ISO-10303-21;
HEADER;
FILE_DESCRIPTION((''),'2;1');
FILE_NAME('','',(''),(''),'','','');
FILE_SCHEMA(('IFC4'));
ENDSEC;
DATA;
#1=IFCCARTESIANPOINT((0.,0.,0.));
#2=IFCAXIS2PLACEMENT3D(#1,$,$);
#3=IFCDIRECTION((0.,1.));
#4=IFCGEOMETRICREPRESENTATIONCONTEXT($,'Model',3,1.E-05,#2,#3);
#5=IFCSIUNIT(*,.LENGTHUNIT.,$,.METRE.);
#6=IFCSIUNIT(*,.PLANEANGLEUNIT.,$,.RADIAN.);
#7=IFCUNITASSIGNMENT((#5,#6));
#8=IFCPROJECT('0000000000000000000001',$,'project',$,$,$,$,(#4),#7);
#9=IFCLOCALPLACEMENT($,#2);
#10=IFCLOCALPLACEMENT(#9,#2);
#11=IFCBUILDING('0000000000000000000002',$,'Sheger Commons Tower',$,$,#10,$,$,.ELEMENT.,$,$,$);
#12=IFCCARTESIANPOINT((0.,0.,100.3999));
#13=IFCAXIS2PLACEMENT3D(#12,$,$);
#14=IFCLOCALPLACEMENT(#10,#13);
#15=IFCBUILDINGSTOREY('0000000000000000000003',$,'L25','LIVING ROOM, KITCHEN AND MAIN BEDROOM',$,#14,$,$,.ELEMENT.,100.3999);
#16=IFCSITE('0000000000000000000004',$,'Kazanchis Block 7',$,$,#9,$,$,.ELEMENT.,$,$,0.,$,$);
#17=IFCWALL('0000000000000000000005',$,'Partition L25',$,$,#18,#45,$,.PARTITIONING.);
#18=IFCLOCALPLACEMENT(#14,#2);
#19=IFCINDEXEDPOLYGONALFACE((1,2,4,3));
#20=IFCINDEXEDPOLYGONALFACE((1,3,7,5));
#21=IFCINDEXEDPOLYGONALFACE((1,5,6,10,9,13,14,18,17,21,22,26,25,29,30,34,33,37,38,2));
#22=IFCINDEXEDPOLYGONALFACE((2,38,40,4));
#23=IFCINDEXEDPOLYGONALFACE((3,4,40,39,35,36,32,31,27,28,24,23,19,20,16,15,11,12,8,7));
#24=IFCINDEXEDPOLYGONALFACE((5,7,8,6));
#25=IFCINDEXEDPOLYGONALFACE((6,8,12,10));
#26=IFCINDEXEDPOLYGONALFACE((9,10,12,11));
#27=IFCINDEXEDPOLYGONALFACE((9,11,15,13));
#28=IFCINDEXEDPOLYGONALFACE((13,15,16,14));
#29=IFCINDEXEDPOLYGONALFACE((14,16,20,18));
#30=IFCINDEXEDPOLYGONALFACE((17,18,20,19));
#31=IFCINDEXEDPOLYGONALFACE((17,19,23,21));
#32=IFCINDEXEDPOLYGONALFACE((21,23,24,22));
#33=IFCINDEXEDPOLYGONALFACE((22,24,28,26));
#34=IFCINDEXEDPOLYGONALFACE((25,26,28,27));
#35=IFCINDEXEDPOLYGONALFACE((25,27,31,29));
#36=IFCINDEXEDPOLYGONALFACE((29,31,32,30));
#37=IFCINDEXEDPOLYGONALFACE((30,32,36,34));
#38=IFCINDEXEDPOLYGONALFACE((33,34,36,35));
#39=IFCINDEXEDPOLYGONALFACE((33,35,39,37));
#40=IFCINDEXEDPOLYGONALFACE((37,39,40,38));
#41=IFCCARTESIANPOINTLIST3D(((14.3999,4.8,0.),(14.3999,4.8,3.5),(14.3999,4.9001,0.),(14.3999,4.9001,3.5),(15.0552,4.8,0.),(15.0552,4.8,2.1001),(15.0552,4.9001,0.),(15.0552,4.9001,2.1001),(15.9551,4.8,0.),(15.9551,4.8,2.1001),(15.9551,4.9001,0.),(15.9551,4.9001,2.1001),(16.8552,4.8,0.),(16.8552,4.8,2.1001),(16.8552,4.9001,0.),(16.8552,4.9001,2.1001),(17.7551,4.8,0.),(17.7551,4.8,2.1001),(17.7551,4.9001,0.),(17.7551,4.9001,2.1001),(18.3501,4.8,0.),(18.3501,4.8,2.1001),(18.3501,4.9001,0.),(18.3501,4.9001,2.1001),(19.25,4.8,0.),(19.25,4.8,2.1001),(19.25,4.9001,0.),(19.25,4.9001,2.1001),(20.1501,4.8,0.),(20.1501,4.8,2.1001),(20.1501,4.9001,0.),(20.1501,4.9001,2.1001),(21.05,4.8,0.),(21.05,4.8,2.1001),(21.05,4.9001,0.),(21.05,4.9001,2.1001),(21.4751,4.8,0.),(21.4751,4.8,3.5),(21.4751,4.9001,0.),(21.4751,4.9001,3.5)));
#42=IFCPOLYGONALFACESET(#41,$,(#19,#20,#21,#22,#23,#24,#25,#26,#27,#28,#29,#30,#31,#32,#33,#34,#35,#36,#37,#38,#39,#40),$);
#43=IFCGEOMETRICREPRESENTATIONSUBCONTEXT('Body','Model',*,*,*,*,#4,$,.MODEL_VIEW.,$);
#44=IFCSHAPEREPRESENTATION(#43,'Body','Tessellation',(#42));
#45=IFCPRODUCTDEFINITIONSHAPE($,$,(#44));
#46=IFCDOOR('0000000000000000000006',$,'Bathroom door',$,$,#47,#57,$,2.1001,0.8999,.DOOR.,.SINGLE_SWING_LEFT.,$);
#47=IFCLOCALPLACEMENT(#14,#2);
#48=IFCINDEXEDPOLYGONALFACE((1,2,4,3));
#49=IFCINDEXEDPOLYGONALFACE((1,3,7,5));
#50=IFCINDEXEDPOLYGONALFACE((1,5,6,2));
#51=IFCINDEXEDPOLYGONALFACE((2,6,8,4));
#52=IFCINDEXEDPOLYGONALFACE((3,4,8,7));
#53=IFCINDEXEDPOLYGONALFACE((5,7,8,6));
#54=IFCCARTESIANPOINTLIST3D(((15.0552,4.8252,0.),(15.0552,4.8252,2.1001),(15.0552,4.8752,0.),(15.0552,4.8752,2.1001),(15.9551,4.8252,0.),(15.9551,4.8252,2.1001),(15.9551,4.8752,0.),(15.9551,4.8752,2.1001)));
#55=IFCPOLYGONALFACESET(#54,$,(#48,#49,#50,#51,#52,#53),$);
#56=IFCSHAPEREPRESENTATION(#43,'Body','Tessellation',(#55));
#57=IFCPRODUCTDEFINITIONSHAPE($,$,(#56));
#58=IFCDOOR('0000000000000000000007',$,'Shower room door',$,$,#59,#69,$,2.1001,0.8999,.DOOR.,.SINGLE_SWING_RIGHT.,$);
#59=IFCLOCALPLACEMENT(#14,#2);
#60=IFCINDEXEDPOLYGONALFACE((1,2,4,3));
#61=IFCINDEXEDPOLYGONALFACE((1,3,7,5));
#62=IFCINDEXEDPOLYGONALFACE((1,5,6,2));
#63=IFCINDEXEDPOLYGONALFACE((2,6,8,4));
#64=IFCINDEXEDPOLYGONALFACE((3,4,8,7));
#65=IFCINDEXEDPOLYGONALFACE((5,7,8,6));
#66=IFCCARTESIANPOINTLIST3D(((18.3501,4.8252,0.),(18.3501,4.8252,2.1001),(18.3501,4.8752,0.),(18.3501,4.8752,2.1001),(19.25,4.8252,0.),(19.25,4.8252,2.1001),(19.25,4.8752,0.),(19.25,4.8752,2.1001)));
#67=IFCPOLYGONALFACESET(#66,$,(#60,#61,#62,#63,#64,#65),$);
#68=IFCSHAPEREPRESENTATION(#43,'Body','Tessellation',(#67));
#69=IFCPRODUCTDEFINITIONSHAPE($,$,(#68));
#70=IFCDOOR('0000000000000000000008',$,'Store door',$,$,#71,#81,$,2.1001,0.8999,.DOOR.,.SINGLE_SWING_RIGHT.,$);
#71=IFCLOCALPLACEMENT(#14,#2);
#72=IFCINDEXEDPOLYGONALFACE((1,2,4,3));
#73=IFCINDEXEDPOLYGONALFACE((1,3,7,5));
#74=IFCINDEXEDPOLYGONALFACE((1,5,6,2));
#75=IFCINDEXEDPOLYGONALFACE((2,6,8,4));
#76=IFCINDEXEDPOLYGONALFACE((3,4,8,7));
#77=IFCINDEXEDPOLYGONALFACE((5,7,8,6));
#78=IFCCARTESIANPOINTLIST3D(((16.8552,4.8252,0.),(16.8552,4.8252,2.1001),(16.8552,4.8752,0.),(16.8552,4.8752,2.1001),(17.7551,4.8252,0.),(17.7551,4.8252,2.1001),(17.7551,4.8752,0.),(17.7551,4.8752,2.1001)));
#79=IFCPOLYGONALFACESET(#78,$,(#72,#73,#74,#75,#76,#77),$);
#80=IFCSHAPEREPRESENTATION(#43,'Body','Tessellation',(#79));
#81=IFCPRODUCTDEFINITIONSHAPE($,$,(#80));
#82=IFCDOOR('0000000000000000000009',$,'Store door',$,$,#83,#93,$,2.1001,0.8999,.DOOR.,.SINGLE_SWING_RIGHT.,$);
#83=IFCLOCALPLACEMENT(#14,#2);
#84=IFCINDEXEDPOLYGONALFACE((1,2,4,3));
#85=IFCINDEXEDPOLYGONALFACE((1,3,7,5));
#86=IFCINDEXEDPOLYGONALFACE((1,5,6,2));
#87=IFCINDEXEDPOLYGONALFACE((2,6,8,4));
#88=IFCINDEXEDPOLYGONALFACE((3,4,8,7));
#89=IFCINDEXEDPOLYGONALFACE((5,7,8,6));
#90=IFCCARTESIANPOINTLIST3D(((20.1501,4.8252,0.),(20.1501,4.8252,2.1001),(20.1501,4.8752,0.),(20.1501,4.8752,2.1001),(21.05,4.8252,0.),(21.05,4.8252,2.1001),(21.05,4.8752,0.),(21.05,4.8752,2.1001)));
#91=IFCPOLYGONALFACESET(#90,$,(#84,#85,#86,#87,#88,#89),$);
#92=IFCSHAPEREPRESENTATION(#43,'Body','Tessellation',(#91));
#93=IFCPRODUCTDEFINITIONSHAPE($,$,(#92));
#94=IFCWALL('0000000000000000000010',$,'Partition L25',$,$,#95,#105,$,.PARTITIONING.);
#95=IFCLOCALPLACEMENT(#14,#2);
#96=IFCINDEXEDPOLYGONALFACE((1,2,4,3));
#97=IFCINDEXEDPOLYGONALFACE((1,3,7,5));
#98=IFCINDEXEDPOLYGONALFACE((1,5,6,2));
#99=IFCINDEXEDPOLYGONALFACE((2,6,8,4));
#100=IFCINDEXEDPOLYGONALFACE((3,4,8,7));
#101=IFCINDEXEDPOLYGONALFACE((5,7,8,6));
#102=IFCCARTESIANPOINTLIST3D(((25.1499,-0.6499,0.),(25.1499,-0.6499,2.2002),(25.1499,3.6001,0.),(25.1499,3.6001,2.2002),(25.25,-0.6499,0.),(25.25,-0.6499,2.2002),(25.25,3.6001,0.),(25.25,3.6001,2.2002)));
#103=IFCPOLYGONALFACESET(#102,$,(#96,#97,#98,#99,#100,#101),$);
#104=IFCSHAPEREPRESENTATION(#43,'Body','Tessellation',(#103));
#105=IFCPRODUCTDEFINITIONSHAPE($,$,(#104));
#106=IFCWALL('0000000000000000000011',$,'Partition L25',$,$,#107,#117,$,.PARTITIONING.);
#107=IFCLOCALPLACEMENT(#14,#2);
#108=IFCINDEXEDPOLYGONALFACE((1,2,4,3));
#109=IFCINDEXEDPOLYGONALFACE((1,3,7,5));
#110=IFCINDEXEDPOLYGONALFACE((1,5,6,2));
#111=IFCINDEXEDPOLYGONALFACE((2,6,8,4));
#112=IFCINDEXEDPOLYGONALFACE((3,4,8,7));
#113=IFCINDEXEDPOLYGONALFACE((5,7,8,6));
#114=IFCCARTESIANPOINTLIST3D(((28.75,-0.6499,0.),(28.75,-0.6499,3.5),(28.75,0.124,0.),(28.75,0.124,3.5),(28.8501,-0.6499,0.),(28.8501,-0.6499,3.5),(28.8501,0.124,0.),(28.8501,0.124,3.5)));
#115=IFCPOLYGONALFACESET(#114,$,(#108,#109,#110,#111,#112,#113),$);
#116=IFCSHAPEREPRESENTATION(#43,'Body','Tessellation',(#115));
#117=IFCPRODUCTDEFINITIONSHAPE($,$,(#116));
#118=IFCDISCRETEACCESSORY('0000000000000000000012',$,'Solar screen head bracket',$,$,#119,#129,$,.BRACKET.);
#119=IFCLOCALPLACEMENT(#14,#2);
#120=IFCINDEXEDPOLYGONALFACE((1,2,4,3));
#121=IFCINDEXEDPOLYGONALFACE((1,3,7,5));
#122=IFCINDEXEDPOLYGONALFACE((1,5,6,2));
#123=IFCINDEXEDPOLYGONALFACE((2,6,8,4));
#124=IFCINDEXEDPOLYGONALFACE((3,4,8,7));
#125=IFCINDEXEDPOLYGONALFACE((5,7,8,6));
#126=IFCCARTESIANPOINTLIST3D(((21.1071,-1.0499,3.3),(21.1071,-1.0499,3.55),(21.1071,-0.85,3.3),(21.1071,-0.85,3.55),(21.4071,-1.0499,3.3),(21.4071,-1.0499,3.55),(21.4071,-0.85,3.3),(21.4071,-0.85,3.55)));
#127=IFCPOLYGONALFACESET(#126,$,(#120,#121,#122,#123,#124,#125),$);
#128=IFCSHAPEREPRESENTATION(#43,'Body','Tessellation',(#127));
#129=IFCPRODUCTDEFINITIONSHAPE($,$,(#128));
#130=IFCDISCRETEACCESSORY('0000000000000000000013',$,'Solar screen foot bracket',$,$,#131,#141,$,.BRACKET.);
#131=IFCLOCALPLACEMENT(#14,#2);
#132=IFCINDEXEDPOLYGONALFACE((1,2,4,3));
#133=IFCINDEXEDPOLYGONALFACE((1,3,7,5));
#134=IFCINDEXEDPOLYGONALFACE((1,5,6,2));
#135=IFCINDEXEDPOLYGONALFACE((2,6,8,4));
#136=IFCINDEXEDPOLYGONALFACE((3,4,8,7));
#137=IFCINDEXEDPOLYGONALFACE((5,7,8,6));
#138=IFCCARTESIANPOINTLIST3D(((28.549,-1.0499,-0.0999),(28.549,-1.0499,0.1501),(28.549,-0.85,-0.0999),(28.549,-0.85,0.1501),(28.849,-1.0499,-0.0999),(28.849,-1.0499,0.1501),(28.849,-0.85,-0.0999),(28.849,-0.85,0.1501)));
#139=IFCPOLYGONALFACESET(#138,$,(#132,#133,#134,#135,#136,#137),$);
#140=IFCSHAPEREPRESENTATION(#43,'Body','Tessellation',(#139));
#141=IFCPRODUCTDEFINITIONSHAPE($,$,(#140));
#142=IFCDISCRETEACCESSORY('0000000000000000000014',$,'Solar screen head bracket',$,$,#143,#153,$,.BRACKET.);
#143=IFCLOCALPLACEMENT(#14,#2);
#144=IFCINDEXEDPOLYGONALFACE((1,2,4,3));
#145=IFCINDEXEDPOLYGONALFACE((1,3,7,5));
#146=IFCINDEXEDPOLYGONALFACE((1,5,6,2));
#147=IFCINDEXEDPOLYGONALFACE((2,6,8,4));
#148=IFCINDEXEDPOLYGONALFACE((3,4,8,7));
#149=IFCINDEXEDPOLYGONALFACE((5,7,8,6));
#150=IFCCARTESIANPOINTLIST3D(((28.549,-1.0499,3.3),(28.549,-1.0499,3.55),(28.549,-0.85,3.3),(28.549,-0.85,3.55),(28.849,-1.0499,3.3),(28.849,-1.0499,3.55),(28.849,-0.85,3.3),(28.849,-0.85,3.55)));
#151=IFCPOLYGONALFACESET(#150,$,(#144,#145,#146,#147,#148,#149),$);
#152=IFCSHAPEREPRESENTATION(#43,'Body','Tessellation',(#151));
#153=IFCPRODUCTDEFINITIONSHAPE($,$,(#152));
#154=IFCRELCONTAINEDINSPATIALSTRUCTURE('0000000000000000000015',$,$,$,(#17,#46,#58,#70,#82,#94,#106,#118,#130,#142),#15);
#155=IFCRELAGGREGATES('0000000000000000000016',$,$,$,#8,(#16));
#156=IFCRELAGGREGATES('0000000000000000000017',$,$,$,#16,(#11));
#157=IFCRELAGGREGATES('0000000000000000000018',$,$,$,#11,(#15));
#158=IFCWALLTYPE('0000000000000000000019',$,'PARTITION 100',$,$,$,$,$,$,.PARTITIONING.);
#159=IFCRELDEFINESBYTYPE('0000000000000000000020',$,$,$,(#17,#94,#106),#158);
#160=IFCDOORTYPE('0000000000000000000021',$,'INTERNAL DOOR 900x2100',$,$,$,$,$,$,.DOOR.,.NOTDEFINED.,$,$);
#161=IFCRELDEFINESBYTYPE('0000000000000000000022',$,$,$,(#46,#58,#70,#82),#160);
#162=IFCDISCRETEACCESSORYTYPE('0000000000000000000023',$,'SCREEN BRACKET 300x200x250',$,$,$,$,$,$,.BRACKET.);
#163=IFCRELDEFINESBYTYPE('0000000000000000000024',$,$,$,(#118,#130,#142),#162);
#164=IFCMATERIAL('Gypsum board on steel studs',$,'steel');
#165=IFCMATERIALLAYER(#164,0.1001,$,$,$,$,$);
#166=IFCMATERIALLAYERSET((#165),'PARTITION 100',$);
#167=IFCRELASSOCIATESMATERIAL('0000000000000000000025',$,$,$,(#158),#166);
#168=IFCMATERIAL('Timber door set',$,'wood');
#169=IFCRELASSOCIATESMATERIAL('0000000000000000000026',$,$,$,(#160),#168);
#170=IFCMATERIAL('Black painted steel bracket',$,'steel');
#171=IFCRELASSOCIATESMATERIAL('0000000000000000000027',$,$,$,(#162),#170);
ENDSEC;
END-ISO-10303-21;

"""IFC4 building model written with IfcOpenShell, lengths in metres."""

from ifc_helpers import new_model, si_unit, direction, frame, frame_2d, origin, origin_2d, place, context, subcontext, project, spatial, rectangle, extrude, material, layer, layer_set, type_object, element, fill, save


model = new_model("IFC4")

# Units and contexts
model_context = context("Model", 3, precision=1e-05, world=origin(), true_north=direction((0.0, 1.0)))
body_context = subcontext(model_context, "Body", "Model", "MODEL_VIEW")
ifc_project = project(units=[si_unit("LENGTHUNIT", "METRE"), si_unit("PLANEANGLEUNIT", "RADIAN")], contexts=[model_context])

# Site, building, storey
site_placement = place(None, origin())
site = spatial("IfcSite", under=ifc_project, at=site_placement, Name="Kazanchis Block 7", CompositionType="ELEMENT", RefElevation=0.0)
building_placement = place(site_placement, origin())
building = spatial("IfcBuilding", under=site, at=building_placement, Name="Sheger Commons Tower", CompositionType="ELEMENT")
storey_placement = place(building_placement, frame((0.0, 0.0, 100.3999)))
storey = spatial("IfcBuildingStorey", under=building, at=storey_placement, Name="L25", Description="LIVING ROOM, KITCHEN AND MAIN BEDROOM", CompositionType="ELEMENT", Elevation=100.3999)

# Wall, openings, doors
ifc_material_1 = material(Name="Gypsum board on steel studs", Category="steel")
ifc_layer_1 = layer(ifc_material_1, 0.1001)
ifc_layer_set_1 = layer_set([ifc_layer_1], Name="PARTITION 100")
wall_type_1 = type_object("IfcWallType", Name="PARTITION 100", PredefinedType="PARTITIONING", material=ifc_layer_set_1)
ifc_material_2 = material(Name="Timber door set", Category="wood")
door_type = type_object("IfcDoorType", Name="INTERNAL DOOR 900x2100", OperationType="NOTDEFINED", PredefinedType="DOOR", material=ifc_material_2)
wall_1_placement = place(storey_placement, frame((21.4751, 4.8501, 0.0), z_axis=(0.0, 0.0, 1.0), x_axis=(-1.0, 0.0, 0.0)))
wall_1 = element("IfcWall", 1, at=wall_1_placement, inside=storey, type_object=wall_type_1, Name="Partition L25", PredefinedType="PARTITIONING", context=body_context, shape_type="SweptSolid", body=[
    extrude(rectangle(XDim=7.0752, YDim=0.1001, at=frame_2d((3.5376, 0.0))), origin(), (0.0, 0.0, 1.0), 3.5),
])
opening_1_placement = place(wall_1_placement, frame((5.52, 0.0, 0.0)))
opening_1 = element("IfcOpeningElement", 2, at=opening_1_placement, cuts=wall_1, PredefinedType="OPENING", context=body_context, shape_type="SweptSolid", body=[
    extrude(rectangle(XDim=0.8999, YDim=2.1001, at=frame_2d((0.45, 1.05))), frame((0.0, 0.0601, 0.0), z_axis=(0.0, -1.0, 0.0), x_axis=(1.0, 0.0, 0.0)), (0.0, 0.0, 1.0), 0.1201),
])
opening_2_placement = place(wall_1_placement, frame((2.2251, 0.0, 0.0)))
opening_2 = element("IfcOpeningElement", 3, at=opening_2_placement, cuts=wall_1, PredefinedType="OPENING", context=body_context, shape_type="SweptSolid", body=[
    extrude(rectangle(XDim=0.8999, YDim=2.1001, at=frame_2d((0.45, 1.05))), frame((0.0, 0.0601, 0.0), z_axis=(0.0, -1.0, 0.0), x_axis=(1.0, 0.0, 0.0)), (0.0, 0.0, 1.0), 0.1201),
])
opening_3_placement = place(wall_1_placement, frame((3.72, 0.0, 0.0)))
opening_3 = element("IfcOpeningElement", 4, at=opening_3_placement, cuts=wall_1, PredefinedType="OPENING", context=body_context, shape_type="SweptSolid", body=[
    extrude(rectangle(XDim=0.8999, YDim=2.1001, at=frame_2d((0.45, 1.05))), frame((0.0, 0.0601, 0.0), z_axis=(0.0, -1.0, 0.0), x_axis=(1.0, 0.0, 0.0)), (0.0, 0.0, 1.0), 0.1201),
])
opening_4_placement = place(wall_1_placement, frame((0.425, 0.0, 0.0)))
opening_4 = element("IfcOpeningElement", 5, at=opening_4_placement, cuts=wall_1, PredefinedType="OPENING", context=body_context, shape_type="SweptSolid", body=[
    extrude(rectangle(XDim=0.8999, YDim=2.1001, at=frame_2d((0.45, 1.05))), frame((0.0, 0.0601, 0.0), z_axis=(0.0, -1.0, 0.0), x_axis=(1.0, 0.0, 0.0)), (0.0, 0.0, 1.0), 0.1201),
])
door_1_placement = place(opening_1_placement, origin())
door_1 = element("IfcDoor", 6, at=door_1_placement, inside=storey, type_object=door_type, Name="Bathroom door", OperationType="SINGLE_SWING_LEFT", OverallHeight=2.1001, OverallWidth=0.8999, PredefinedType="DOOR", context=body_context, shape_type="SweptSolid", body=[
    extrude(rectangle(XDim=0.8999, YDim=2.1001, at=frame_2d((0.45, 1.05))), frame((0.0, 0.0249, 0.0), z_axis=(0.0, -1.0, 0.0), x_axis=(1.0, 0.0, 0.0)), (0.0, 0.0, 1.0), 0.05),
])
fill(opening_1, door_1)
door_2_placement = place(opening_2_placement, origin())
door_2 = element("IfcDoor", 7, at=door_2_placement, inside=storey, type_object=door_type, Name="Shower room door", OperationType="SINGLE_SWING_RIGHT", OverallHeight=2.1001, OverallWidth=0.8999, PredefinedType="DOOR", context=body_context, shape_type="SweptSolid", body=[
    extrude(rectangle(XDim=0.8999, YDim=2.1001, at=frame_2d((0.45, 1.05))), frame((0.0, 0.0249, 0.0), z_axis=(0.0, -1.0, 0.0), x_axis=(1.0, 0.0, 0.0)), (0.0, 0.0, 1.0), 0.05),
])
fill(opening_2, door_2)
door_3_placement = place(opening_3_placement, origin())
door_3 = element("IfcDoor", 8, at=door_3_placement, inside=storey, type_object=door_type, Name="Store door", OperationType="SINGLE_SWING_RIGHT", OverallHeight=2.1001, OverallWidth=0.8999, PredefinedType="DOOR", context=body_context, shape_type="SweptSolid", body=[
    extrude(rectangle(XDim=0.8999, YDim=2.1001, at=frame_2d((0.45, 1.05))), frame((0.0, 0.0249, 0.0), z_axis=(0.0, -1.0, 0.0), x_axis=(1.0, 0.0, 0.0)), (0.0, 0.0, 1.0), 0.05),
])
fill(opening_3, door_3)
door_4_placement = place(opening_4_placement, origin())
door_4 = element("IfcDoor", 9, at=door_4_placement, inside=storey, type_object=door_type, Name="Store door", OperationType="SINGLE_SWING_RIGHT", OverallHeight=2.1001, OverallWidth=0.8999, PredefinedType="DOOR", context=body_context, shape_type="SweptSolid", body=[
    extrude(rectangle(XDim=0.8999, YDim=2.1001, at=frame_2d((0.45, 1.05))), frame((0.0, 0.0249, 0.0), z_axis=(0.0, -1.0, 0.0), x_axis=(1.0, 0.0, 0.0)), (0.0, 0.0, 1.0), 0.05),
])
fill(opening_4, door_4)

# Walls
wall_2_placement = place(storey_placement, frame((25.2, -0.6499, 0.0), z_axis=(0.0, 0.0, 1.0), x_axis=(0.0, 1.0, 0.0)))
element("IfcWall", 10, at=wall_2_placement, inside=storey, type_object=wall_type_1, Name="Partition L25", PredefinedType="PARTITIONING", context=body_context, shape_type="SweptSolid", body=[
    extrude(rectangle(XDim=4.25, YDim=0.1001, at=frame_2d((2.125, 0.0))), origin(), (0.0, 0.0, 1.0), 2.2002),
])
wall_3_placement = place(storey_placement, frame((28.8, -0.6499, 0.0), z_axis=(0.0, 0.0, 1.0), x_axis=(0.0, 1.0, 0.0)))
element("IfcWall", 11, at=wall_3_placement, inside=storey, type_object=wall_type_1, Name="Partition L25", PredefinedType="PARTITIONING", context=body_context, shape_type="SweptSolid", body=[
    extrude(rectangle(XDim=0.7739, YDim=0.1001, at=frame_2d((0.387, 0.0))), origin(), (0.0, 0.0, 1.0), 3.5),
])

# Discrete accessories
ifc_material_3 = material(Name="Black painted steel bracket", Category="steel")
discrete_accessory_type = type_object("IfcDiscreteAccessoryType", Name="SCREEN BRACKET 300x200x250", PredefinedType="BRACKET", material=ifc_material_3)
for number, where, z_axis, x_axis, name in (
    (12, (21.2571, -0.95, 3.3), (0.0, 0.0, 1.0), (1.0, 0.0, 0.0), "Solar screen head bracket"),
    (13, (28.699, -0.95, -0.0999), (0.0, 0.0, 1.0), (1.0, 0.0, 0.0), "Solar screen foot bracket"),
    (14, (28.699, -0.95, 3.3), (0.0, 0.0, 1.0), (1.0, 0.0, 0.0), "Solar screen head bracket"),
):
    element("IfcDiscreteAccessory", number, at=place(storey_placement, frame(where, z_axis=z_axis, x_axis=x_axis)), inside=storey, type_object=discrete_accessory_type, Name=name, PredefinedType="BRACKET", context=body_context, shape_type="SweptSolid", body=[
        extrude(rectangle(XDim=0.3, YDim=0.2, at=origin_2d()), origin(), (0.0, 0.0, 1.0), 0.25),
    ])

save(model, "model.ifc")
